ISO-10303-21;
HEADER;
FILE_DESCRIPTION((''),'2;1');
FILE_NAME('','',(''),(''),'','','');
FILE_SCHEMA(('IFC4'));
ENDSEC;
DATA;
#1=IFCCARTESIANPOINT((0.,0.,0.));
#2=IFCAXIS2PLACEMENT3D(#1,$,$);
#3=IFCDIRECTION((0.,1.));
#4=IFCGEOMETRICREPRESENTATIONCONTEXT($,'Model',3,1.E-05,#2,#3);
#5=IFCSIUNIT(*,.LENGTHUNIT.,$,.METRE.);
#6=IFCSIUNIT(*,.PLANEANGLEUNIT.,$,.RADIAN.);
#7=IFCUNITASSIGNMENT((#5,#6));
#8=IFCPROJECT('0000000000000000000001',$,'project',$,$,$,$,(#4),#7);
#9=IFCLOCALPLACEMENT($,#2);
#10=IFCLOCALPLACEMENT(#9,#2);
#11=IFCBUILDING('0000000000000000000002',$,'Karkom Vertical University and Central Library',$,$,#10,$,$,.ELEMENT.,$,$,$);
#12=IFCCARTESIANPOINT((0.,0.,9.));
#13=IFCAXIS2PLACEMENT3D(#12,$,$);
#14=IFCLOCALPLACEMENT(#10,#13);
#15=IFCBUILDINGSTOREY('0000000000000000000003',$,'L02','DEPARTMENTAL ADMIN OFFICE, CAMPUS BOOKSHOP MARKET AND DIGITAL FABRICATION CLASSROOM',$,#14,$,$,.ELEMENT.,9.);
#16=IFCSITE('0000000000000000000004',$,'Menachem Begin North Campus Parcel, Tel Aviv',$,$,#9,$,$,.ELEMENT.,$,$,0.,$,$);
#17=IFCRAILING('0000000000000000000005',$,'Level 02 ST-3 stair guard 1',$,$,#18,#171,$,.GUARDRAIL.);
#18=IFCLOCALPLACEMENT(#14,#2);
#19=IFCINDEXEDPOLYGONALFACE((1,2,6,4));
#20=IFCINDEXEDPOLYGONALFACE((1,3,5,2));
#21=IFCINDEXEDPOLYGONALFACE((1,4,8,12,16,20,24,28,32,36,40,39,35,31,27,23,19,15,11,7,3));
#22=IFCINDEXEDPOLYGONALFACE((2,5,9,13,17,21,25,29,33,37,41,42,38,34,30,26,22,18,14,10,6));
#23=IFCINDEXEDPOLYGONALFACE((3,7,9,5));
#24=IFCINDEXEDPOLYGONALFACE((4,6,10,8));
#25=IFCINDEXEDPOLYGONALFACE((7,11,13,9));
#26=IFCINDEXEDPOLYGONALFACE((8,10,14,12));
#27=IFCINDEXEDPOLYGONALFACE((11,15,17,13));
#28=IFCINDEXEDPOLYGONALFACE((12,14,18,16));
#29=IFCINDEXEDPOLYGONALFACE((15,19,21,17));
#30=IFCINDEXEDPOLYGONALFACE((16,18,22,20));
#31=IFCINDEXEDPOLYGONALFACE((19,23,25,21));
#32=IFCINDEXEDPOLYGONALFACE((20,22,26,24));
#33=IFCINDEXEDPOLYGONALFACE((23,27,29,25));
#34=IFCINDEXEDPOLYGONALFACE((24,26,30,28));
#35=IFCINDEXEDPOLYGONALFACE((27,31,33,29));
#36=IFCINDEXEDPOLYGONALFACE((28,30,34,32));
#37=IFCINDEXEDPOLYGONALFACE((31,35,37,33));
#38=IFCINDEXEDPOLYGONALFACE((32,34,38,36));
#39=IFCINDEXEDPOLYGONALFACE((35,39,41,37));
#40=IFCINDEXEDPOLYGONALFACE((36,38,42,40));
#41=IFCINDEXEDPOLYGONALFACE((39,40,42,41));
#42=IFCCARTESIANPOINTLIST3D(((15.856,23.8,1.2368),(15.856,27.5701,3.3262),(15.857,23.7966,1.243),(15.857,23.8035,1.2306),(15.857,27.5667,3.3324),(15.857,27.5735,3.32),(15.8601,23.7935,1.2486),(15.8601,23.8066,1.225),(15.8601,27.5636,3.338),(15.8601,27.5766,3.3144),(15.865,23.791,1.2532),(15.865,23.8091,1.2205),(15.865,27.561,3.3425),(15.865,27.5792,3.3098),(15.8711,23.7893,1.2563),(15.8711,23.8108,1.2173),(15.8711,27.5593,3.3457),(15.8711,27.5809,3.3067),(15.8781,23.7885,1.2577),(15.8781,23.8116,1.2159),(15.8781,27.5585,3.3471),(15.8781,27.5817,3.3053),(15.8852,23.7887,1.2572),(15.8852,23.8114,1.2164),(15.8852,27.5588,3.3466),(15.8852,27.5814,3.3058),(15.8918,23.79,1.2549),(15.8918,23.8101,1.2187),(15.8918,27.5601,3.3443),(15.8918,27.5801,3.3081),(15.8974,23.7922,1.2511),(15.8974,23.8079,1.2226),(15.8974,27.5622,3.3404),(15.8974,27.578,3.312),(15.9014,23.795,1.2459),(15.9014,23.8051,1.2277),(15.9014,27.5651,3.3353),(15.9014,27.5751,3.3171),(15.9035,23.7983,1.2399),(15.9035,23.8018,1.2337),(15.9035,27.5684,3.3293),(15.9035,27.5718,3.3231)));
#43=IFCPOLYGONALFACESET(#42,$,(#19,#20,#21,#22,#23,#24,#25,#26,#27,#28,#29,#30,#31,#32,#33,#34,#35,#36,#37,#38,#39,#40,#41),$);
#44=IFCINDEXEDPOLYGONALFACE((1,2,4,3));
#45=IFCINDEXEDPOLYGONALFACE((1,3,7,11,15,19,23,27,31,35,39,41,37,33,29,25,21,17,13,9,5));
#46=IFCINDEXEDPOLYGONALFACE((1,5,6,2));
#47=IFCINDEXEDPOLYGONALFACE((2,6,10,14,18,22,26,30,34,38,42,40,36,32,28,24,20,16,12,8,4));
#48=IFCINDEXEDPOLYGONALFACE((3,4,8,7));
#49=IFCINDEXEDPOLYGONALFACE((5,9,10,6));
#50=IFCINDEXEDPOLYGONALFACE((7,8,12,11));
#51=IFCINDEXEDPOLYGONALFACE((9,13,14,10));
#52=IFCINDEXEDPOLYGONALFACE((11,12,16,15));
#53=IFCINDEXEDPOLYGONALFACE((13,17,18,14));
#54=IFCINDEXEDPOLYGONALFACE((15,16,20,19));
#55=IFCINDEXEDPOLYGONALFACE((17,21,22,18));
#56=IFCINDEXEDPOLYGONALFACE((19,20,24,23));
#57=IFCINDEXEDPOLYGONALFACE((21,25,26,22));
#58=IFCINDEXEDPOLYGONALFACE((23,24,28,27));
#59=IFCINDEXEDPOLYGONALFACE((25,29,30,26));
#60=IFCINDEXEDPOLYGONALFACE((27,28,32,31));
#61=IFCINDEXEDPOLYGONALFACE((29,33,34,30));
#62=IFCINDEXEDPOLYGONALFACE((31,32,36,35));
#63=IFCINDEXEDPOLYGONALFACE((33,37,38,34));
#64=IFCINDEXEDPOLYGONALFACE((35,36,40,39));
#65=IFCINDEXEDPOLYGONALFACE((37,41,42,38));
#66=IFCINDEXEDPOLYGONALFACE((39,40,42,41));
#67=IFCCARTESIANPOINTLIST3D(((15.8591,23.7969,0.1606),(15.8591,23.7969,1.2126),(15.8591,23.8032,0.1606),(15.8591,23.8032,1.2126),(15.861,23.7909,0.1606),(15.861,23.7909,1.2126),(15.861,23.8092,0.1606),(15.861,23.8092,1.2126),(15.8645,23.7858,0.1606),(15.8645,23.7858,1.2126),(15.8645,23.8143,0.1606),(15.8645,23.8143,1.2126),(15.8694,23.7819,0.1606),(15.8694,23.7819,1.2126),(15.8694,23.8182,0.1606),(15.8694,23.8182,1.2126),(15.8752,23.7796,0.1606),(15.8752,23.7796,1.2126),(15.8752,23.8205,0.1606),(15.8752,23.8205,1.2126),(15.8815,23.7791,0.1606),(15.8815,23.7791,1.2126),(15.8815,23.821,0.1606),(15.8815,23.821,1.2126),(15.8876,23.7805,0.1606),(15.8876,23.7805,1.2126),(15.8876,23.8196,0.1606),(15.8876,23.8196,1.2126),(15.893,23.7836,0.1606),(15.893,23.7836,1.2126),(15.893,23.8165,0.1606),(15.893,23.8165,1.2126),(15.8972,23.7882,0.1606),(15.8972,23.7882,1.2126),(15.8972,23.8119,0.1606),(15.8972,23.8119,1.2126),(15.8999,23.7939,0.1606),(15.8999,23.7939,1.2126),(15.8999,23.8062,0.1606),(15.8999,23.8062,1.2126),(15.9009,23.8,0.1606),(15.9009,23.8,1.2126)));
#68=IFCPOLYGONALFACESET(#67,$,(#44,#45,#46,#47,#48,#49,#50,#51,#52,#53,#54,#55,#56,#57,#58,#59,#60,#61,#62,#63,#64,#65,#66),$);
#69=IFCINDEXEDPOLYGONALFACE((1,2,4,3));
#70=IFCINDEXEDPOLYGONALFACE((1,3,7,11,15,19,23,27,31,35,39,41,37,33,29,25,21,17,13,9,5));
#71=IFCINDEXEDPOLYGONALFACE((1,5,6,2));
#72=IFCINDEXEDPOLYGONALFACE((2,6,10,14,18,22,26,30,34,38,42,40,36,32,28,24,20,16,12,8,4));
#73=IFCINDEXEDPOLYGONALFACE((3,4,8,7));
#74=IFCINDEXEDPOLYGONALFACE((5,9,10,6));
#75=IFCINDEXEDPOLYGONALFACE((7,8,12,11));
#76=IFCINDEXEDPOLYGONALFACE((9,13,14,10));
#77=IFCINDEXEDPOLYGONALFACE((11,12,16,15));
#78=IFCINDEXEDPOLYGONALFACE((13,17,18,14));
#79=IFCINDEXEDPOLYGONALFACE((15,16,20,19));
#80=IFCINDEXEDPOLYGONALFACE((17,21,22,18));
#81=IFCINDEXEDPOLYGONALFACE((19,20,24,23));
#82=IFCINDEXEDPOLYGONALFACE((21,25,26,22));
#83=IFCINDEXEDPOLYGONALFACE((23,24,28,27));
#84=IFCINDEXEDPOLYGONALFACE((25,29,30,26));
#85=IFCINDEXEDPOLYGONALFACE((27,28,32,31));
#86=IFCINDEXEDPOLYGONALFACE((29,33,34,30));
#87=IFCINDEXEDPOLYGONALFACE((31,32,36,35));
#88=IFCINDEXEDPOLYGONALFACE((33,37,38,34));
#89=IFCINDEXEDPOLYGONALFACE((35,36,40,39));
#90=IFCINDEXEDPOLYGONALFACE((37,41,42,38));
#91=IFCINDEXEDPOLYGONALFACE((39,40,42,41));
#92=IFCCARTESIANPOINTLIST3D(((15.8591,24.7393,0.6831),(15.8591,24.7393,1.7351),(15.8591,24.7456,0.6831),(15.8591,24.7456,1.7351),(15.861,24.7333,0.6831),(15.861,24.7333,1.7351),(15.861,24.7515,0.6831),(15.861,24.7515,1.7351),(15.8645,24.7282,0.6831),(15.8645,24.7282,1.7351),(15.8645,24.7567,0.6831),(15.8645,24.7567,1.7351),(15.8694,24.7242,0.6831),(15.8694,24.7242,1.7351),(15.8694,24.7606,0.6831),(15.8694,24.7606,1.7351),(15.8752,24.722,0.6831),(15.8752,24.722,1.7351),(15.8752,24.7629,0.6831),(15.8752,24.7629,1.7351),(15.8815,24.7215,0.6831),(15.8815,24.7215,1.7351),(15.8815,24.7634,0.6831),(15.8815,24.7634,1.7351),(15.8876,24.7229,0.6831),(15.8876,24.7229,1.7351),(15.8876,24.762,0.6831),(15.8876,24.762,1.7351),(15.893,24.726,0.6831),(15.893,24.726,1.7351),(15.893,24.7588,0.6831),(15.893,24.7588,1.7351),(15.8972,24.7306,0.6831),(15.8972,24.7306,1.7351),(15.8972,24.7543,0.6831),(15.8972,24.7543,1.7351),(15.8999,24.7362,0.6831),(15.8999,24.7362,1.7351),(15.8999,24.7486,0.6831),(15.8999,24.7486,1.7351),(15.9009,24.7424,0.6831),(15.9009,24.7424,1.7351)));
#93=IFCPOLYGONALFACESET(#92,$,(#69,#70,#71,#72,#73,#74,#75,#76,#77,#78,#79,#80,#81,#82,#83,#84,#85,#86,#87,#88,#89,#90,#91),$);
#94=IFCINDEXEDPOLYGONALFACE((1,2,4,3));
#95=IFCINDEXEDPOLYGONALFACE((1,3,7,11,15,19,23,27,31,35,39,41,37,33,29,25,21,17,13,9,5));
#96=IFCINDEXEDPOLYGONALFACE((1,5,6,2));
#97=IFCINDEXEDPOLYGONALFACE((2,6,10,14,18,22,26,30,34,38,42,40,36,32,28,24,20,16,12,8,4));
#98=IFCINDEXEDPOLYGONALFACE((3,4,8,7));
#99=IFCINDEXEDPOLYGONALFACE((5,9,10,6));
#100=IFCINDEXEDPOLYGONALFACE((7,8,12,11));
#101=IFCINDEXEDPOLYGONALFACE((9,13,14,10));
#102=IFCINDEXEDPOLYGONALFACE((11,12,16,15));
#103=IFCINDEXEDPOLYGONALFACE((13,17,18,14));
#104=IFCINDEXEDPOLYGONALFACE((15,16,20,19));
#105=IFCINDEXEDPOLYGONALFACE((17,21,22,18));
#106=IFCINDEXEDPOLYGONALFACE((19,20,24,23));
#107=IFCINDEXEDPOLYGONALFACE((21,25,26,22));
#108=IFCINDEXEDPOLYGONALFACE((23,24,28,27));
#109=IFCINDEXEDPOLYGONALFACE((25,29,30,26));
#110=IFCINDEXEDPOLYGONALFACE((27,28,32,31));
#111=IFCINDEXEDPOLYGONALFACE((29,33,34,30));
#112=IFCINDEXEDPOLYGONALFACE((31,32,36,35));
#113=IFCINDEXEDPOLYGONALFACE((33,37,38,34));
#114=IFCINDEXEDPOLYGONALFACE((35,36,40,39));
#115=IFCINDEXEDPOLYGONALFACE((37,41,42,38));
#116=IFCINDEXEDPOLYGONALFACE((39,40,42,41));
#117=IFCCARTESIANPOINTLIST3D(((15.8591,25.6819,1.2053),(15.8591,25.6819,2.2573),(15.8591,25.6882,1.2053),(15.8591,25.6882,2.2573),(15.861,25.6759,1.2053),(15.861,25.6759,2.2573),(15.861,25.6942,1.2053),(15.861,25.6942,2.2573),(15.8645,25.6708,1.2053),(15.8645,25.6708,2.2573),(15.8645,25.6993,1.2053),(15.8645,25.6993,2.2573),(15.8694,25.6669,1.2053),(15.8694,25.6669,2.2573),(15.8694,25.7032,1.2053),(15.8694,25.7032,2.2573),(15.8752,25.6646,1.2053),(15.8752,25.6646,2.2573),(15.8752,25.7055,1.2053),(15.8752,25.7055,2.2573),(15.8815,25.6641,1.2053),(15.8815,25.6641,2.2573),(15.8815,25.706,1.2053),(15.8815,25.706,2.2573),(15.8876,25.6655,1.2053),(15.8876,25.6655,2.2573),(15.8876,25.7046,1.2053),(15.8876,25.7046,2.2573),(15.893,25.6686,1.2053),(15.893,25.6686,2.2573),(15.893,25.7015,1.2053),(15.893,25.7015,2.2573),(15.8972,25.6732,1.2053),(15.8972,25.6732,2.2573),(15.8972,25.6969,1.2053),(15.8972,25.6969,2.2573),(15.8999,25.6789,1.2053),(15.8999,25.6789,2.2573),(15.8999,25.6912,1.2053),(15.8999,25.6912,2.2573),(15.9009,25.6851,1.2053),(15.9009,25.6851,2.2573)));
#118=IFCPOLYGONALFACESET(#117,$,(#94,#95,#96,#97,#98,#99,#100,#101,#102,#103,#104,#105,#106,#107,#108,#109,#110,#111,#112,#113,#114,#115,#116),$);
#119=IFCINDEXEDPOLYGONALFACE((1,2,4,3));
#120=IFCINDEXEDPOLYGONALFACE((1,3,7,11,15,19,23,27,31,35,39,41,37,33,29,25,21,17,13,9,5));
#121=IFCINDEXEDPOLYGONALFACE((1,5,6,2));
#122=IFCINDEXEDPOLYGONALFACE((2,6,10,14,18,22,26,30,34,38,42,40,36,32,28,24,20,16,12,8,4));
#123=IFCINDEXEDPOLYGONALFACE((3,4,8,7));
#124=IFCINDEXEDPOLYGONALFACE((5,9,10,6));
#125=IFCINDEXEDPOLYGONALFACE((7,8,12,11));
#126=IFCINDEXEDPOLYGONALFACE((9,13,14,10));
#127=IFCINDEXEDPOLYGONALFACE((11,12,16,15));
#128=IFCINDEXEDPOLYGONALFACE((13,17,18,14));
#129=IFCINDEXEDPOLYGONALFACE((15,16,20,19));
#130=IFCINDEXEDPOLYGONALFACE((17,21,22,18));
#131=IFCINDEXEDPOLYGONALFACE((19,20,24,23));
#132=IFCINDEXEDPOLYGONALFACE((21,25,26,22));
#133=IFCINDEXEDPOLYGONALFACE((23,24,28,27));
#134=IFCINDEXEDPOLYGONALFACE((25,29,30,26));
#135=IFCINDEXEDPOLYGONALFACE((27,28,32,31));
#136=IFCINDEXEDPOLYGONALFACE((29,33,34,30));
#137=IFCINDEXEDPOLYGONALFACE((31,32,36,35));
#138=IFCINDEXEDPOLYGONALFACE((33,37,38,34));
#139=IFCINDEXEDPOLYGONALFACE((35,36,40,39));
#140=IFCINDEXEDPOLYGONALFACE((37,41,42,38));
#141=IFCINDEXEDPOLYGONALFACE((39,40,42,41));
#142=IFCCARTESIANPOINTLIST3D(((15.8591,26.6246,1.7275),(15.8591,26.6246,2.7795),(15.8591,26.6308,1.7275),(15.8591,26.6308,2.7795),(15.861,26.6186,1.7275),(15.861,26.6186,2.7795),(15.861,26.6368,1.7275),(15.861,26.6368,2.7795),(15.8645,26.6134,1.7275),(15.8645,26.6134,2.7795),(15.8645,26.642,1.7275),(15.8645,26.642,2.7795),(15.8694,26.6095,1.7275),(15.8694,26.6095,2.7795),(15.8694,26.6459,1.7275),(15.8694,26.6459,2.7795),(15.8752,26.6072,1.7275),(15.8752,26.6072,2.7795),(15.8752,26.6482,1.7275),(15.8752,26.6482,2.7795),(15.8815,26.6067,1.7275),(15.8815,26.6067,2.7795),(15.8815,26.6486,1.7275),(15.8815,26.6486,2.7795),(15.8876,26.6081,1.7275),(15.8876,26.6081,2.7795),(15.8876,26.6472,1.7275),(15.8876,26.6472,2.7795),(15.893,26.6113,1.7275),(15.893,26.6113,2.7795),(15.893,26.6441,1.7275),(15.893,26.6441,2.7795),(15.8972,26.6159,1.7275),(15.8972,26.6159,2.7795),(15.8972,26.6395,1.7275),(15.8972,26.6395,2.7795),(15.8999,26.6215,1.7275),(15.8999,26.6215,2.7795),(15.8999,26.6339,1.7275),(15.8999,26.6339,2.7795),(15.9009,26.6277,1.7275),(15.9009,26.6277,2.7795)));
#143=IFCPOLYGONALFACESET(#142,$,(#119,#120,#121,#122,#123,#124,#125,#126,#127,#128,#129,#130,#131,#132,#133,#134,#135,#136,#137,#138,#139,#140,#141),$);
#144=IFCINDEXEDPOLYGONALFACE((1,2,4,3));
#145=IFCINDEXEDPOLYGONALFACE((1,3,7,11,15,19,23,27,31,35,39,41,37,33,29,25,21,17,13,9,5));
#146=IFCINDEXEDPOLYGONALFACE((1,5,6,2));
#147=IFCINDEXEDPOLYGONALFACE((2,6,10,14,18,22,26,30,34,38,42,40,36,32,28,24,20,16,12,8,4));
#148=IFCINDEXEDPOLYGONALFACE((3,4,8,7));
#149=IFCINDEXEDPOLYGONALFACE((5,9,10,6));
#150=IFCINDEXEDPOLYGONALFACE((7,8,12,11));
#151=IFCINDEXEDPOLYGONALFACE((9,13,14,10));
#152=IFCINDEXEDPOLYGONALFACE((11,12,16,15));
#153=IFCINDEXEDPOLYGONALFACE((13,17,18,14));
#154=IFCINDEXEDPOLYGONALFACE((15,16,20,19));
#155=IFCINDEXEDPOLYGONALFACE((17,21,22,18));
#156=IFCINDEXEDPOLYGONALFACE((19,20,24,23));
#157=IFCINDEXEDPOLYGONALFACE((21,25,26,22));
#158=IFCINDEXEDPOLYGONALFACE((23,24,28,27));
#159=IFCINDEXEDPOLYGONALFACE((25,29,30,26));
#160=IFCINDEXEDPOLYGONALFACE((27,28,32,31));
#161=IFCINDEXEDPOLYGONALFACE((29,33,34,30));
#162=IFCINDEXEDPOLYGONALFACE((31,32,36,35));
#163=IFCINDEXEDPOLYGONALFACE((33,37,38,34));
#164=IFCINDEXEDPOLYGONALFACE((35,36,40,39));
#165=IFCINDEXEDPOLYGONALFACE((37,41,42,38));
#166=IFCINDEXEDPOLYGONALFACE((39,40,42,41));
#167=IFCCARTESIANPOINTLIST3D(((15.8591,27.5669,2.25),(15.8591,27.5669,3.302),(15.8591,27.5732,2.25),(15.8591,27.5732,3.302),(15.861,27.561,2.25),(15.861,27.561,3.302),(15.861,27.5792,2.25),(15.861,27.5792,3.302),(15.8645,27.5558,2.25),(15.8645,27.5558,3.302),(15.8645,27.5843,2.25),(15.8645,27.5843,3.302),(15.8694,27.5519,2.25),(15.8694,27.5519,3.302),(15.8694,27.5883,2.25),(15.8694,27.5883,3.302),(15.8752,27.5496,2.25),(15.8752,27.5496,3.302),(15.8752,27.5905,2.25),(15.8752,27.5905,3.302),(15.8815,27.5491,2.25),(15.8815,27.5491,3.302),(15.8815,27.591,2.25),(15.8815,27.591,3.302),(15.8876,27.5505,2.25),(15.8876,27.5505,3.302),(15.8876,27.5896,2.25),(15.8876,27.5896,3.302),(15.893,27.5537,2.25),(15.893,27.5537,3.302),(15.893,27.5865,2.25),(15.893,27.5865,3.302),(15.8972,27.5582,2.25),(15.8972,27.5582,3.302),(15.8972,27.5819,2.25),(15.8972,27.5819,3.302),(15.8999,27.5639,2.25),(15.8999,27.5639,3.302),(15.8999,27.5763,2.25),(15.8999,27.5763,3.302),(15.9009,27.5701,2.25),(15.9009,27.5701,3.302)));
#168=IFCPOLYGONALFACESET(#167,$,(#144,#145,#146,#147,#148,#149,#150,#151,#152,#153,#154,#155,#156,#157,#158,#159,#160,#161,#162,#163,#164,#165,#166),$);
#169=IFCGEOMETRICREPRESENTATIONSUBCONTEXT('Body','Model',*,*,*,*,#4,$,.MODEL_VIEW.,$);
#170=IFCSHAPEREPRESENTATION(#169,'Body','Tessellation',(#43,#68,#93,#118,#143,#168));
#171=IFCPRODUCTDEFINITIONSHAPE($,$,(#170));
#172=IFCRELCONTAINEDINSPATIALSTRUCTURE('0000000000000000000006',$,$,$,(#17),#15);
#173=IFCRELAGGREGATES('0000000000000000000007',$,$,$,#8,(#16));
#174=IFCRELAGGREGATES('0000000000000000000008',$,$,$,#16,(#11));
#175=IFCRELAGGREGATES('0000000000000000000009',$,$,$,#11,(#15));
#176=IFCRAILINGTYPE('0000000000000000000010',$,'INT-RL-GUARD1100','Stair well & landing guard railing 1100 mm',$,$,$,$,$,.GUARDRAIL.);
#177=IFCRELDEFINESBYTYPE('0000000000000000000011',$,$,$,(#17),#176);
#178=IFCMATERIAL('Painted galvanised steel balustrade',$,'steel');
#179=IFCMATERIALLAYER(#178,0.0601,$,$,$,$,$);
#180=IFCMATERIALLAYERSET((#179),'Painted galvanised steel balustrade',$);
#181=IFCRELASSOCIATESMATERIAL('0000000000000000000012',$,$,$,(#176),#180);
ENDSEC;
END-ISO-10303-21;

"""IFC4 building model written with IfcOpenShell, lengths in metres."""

from ifc_helpers import new_model, si_unit, direction, frame, origin, origin_2d, place, context, subcontext, project, spatial, circle, extrude, material, layer, layer_set, type_object, element, save


model = new_model("IFC4")

# Units and contexts
model_context = context("Model", 3, precision=1e-05, world=origin(), true_north=direction((0.0, 1.0)))
body_context = subcontext(model_context, "Body", "Model", "MODEL_VIEW")
ifc_project = project(units=[si_unit("LENGTHUNIT", "METRE"), si_unit("PLANEANGLEUNIT", "RADIAN")], contexts=[model_context])

# Site, building, storey
site_placement = place(None, origin())
site = spatial("IfcSite", under=ifc_project, at=site_placement, Name="Menachem Begin North Campus Parcel, Tel Aviv", CompositionType="ELEMENT", RefElevation=0.0)
building_placement = place(site_placement, origin())
building = spatial("IfcBuilding", under=site, at=building_placement, Name="Karkom Vertical University and Central Library", CompositionType="ELEMENT")
storey_placement = place(building_placement, frame((0.0, 0.0, 9.0)))
storey = spatial("IfcBuildingStorey", under=building, at=storey_placement, Name="L02", Description="DEPARTMENTAL ADMIN OFFICE, CAMPUS BOOKSHOP MARKET AND DIGITAL FABRICATION CLASSROOM", CompositionType="ELEMENT", Elevation=9.0)

# Railing
ifc_material_1 = material(Name="Painted galvanised steel balustrade", Category="steel")
ifc_layer_1 = layer(ifc_material_1, 0.0601)
ifc_layer_set_1 = layer_set([ifc_layer_1], Name="Painted galvanised steel balustrade")
railing_type_1 = type_object("IfcRailingType", Name="INT-RL-GUARD1100", Description="Stair well & landing guard railing 1100 mm", PredefinedType="GUARDRAIL", material=ifc_layer_set_1)
railing_1_placement = place(storey_placement, frame((15.8799, 23.8, 0.1606)))
element("IfcRailing", 1, at=railing_1_placement, inside=storey, type_object=railing_type_1, Name="Level 02 ST-3 stair guard 1", PredefinedType="GUARDRAIL", context=body_context, shape_type="SweptSolid", body=[
    extrude(circle(Radius=0.0239, at=origin_2d()), frame((0.0, 0.0, 1.0762), z_axis=(0.0, 0.874659, 0.484739), x_axis=(-1.0, 0.0, 0.0)), (0.0, 0.0, 1.0), 4.3103),
    extrude(circle(Radius=0.021, at=origin_2d()), origin(), (0.0, 0.0, 1.0), 1.052),
    extrude(circle(Radius=0.021, at=origin_2d()), frame((0.0, 0.9424, 0.5225)), (0.0, 0.0, 1.0), 1.052),
    extrude(circle(Radius=0.021, at=origin_2d()), frame((0.0, 1.885, 1.0447)), (0.0, 0.0, 1.0), 1.052),
    extrude(circle(Radius=0.021, at=origin_2d()), frame((0.0, 2.8276, 1.5669)), (0.0, 0.0, 1.0), 1.052),
    extrude(circle(Radius=0.021, at=origin_2d()), frame((0.0, 3.77, 2.0894)), (0.0, 0.0, 1.0), 1.052),
])

save(model, "model.ifc")
